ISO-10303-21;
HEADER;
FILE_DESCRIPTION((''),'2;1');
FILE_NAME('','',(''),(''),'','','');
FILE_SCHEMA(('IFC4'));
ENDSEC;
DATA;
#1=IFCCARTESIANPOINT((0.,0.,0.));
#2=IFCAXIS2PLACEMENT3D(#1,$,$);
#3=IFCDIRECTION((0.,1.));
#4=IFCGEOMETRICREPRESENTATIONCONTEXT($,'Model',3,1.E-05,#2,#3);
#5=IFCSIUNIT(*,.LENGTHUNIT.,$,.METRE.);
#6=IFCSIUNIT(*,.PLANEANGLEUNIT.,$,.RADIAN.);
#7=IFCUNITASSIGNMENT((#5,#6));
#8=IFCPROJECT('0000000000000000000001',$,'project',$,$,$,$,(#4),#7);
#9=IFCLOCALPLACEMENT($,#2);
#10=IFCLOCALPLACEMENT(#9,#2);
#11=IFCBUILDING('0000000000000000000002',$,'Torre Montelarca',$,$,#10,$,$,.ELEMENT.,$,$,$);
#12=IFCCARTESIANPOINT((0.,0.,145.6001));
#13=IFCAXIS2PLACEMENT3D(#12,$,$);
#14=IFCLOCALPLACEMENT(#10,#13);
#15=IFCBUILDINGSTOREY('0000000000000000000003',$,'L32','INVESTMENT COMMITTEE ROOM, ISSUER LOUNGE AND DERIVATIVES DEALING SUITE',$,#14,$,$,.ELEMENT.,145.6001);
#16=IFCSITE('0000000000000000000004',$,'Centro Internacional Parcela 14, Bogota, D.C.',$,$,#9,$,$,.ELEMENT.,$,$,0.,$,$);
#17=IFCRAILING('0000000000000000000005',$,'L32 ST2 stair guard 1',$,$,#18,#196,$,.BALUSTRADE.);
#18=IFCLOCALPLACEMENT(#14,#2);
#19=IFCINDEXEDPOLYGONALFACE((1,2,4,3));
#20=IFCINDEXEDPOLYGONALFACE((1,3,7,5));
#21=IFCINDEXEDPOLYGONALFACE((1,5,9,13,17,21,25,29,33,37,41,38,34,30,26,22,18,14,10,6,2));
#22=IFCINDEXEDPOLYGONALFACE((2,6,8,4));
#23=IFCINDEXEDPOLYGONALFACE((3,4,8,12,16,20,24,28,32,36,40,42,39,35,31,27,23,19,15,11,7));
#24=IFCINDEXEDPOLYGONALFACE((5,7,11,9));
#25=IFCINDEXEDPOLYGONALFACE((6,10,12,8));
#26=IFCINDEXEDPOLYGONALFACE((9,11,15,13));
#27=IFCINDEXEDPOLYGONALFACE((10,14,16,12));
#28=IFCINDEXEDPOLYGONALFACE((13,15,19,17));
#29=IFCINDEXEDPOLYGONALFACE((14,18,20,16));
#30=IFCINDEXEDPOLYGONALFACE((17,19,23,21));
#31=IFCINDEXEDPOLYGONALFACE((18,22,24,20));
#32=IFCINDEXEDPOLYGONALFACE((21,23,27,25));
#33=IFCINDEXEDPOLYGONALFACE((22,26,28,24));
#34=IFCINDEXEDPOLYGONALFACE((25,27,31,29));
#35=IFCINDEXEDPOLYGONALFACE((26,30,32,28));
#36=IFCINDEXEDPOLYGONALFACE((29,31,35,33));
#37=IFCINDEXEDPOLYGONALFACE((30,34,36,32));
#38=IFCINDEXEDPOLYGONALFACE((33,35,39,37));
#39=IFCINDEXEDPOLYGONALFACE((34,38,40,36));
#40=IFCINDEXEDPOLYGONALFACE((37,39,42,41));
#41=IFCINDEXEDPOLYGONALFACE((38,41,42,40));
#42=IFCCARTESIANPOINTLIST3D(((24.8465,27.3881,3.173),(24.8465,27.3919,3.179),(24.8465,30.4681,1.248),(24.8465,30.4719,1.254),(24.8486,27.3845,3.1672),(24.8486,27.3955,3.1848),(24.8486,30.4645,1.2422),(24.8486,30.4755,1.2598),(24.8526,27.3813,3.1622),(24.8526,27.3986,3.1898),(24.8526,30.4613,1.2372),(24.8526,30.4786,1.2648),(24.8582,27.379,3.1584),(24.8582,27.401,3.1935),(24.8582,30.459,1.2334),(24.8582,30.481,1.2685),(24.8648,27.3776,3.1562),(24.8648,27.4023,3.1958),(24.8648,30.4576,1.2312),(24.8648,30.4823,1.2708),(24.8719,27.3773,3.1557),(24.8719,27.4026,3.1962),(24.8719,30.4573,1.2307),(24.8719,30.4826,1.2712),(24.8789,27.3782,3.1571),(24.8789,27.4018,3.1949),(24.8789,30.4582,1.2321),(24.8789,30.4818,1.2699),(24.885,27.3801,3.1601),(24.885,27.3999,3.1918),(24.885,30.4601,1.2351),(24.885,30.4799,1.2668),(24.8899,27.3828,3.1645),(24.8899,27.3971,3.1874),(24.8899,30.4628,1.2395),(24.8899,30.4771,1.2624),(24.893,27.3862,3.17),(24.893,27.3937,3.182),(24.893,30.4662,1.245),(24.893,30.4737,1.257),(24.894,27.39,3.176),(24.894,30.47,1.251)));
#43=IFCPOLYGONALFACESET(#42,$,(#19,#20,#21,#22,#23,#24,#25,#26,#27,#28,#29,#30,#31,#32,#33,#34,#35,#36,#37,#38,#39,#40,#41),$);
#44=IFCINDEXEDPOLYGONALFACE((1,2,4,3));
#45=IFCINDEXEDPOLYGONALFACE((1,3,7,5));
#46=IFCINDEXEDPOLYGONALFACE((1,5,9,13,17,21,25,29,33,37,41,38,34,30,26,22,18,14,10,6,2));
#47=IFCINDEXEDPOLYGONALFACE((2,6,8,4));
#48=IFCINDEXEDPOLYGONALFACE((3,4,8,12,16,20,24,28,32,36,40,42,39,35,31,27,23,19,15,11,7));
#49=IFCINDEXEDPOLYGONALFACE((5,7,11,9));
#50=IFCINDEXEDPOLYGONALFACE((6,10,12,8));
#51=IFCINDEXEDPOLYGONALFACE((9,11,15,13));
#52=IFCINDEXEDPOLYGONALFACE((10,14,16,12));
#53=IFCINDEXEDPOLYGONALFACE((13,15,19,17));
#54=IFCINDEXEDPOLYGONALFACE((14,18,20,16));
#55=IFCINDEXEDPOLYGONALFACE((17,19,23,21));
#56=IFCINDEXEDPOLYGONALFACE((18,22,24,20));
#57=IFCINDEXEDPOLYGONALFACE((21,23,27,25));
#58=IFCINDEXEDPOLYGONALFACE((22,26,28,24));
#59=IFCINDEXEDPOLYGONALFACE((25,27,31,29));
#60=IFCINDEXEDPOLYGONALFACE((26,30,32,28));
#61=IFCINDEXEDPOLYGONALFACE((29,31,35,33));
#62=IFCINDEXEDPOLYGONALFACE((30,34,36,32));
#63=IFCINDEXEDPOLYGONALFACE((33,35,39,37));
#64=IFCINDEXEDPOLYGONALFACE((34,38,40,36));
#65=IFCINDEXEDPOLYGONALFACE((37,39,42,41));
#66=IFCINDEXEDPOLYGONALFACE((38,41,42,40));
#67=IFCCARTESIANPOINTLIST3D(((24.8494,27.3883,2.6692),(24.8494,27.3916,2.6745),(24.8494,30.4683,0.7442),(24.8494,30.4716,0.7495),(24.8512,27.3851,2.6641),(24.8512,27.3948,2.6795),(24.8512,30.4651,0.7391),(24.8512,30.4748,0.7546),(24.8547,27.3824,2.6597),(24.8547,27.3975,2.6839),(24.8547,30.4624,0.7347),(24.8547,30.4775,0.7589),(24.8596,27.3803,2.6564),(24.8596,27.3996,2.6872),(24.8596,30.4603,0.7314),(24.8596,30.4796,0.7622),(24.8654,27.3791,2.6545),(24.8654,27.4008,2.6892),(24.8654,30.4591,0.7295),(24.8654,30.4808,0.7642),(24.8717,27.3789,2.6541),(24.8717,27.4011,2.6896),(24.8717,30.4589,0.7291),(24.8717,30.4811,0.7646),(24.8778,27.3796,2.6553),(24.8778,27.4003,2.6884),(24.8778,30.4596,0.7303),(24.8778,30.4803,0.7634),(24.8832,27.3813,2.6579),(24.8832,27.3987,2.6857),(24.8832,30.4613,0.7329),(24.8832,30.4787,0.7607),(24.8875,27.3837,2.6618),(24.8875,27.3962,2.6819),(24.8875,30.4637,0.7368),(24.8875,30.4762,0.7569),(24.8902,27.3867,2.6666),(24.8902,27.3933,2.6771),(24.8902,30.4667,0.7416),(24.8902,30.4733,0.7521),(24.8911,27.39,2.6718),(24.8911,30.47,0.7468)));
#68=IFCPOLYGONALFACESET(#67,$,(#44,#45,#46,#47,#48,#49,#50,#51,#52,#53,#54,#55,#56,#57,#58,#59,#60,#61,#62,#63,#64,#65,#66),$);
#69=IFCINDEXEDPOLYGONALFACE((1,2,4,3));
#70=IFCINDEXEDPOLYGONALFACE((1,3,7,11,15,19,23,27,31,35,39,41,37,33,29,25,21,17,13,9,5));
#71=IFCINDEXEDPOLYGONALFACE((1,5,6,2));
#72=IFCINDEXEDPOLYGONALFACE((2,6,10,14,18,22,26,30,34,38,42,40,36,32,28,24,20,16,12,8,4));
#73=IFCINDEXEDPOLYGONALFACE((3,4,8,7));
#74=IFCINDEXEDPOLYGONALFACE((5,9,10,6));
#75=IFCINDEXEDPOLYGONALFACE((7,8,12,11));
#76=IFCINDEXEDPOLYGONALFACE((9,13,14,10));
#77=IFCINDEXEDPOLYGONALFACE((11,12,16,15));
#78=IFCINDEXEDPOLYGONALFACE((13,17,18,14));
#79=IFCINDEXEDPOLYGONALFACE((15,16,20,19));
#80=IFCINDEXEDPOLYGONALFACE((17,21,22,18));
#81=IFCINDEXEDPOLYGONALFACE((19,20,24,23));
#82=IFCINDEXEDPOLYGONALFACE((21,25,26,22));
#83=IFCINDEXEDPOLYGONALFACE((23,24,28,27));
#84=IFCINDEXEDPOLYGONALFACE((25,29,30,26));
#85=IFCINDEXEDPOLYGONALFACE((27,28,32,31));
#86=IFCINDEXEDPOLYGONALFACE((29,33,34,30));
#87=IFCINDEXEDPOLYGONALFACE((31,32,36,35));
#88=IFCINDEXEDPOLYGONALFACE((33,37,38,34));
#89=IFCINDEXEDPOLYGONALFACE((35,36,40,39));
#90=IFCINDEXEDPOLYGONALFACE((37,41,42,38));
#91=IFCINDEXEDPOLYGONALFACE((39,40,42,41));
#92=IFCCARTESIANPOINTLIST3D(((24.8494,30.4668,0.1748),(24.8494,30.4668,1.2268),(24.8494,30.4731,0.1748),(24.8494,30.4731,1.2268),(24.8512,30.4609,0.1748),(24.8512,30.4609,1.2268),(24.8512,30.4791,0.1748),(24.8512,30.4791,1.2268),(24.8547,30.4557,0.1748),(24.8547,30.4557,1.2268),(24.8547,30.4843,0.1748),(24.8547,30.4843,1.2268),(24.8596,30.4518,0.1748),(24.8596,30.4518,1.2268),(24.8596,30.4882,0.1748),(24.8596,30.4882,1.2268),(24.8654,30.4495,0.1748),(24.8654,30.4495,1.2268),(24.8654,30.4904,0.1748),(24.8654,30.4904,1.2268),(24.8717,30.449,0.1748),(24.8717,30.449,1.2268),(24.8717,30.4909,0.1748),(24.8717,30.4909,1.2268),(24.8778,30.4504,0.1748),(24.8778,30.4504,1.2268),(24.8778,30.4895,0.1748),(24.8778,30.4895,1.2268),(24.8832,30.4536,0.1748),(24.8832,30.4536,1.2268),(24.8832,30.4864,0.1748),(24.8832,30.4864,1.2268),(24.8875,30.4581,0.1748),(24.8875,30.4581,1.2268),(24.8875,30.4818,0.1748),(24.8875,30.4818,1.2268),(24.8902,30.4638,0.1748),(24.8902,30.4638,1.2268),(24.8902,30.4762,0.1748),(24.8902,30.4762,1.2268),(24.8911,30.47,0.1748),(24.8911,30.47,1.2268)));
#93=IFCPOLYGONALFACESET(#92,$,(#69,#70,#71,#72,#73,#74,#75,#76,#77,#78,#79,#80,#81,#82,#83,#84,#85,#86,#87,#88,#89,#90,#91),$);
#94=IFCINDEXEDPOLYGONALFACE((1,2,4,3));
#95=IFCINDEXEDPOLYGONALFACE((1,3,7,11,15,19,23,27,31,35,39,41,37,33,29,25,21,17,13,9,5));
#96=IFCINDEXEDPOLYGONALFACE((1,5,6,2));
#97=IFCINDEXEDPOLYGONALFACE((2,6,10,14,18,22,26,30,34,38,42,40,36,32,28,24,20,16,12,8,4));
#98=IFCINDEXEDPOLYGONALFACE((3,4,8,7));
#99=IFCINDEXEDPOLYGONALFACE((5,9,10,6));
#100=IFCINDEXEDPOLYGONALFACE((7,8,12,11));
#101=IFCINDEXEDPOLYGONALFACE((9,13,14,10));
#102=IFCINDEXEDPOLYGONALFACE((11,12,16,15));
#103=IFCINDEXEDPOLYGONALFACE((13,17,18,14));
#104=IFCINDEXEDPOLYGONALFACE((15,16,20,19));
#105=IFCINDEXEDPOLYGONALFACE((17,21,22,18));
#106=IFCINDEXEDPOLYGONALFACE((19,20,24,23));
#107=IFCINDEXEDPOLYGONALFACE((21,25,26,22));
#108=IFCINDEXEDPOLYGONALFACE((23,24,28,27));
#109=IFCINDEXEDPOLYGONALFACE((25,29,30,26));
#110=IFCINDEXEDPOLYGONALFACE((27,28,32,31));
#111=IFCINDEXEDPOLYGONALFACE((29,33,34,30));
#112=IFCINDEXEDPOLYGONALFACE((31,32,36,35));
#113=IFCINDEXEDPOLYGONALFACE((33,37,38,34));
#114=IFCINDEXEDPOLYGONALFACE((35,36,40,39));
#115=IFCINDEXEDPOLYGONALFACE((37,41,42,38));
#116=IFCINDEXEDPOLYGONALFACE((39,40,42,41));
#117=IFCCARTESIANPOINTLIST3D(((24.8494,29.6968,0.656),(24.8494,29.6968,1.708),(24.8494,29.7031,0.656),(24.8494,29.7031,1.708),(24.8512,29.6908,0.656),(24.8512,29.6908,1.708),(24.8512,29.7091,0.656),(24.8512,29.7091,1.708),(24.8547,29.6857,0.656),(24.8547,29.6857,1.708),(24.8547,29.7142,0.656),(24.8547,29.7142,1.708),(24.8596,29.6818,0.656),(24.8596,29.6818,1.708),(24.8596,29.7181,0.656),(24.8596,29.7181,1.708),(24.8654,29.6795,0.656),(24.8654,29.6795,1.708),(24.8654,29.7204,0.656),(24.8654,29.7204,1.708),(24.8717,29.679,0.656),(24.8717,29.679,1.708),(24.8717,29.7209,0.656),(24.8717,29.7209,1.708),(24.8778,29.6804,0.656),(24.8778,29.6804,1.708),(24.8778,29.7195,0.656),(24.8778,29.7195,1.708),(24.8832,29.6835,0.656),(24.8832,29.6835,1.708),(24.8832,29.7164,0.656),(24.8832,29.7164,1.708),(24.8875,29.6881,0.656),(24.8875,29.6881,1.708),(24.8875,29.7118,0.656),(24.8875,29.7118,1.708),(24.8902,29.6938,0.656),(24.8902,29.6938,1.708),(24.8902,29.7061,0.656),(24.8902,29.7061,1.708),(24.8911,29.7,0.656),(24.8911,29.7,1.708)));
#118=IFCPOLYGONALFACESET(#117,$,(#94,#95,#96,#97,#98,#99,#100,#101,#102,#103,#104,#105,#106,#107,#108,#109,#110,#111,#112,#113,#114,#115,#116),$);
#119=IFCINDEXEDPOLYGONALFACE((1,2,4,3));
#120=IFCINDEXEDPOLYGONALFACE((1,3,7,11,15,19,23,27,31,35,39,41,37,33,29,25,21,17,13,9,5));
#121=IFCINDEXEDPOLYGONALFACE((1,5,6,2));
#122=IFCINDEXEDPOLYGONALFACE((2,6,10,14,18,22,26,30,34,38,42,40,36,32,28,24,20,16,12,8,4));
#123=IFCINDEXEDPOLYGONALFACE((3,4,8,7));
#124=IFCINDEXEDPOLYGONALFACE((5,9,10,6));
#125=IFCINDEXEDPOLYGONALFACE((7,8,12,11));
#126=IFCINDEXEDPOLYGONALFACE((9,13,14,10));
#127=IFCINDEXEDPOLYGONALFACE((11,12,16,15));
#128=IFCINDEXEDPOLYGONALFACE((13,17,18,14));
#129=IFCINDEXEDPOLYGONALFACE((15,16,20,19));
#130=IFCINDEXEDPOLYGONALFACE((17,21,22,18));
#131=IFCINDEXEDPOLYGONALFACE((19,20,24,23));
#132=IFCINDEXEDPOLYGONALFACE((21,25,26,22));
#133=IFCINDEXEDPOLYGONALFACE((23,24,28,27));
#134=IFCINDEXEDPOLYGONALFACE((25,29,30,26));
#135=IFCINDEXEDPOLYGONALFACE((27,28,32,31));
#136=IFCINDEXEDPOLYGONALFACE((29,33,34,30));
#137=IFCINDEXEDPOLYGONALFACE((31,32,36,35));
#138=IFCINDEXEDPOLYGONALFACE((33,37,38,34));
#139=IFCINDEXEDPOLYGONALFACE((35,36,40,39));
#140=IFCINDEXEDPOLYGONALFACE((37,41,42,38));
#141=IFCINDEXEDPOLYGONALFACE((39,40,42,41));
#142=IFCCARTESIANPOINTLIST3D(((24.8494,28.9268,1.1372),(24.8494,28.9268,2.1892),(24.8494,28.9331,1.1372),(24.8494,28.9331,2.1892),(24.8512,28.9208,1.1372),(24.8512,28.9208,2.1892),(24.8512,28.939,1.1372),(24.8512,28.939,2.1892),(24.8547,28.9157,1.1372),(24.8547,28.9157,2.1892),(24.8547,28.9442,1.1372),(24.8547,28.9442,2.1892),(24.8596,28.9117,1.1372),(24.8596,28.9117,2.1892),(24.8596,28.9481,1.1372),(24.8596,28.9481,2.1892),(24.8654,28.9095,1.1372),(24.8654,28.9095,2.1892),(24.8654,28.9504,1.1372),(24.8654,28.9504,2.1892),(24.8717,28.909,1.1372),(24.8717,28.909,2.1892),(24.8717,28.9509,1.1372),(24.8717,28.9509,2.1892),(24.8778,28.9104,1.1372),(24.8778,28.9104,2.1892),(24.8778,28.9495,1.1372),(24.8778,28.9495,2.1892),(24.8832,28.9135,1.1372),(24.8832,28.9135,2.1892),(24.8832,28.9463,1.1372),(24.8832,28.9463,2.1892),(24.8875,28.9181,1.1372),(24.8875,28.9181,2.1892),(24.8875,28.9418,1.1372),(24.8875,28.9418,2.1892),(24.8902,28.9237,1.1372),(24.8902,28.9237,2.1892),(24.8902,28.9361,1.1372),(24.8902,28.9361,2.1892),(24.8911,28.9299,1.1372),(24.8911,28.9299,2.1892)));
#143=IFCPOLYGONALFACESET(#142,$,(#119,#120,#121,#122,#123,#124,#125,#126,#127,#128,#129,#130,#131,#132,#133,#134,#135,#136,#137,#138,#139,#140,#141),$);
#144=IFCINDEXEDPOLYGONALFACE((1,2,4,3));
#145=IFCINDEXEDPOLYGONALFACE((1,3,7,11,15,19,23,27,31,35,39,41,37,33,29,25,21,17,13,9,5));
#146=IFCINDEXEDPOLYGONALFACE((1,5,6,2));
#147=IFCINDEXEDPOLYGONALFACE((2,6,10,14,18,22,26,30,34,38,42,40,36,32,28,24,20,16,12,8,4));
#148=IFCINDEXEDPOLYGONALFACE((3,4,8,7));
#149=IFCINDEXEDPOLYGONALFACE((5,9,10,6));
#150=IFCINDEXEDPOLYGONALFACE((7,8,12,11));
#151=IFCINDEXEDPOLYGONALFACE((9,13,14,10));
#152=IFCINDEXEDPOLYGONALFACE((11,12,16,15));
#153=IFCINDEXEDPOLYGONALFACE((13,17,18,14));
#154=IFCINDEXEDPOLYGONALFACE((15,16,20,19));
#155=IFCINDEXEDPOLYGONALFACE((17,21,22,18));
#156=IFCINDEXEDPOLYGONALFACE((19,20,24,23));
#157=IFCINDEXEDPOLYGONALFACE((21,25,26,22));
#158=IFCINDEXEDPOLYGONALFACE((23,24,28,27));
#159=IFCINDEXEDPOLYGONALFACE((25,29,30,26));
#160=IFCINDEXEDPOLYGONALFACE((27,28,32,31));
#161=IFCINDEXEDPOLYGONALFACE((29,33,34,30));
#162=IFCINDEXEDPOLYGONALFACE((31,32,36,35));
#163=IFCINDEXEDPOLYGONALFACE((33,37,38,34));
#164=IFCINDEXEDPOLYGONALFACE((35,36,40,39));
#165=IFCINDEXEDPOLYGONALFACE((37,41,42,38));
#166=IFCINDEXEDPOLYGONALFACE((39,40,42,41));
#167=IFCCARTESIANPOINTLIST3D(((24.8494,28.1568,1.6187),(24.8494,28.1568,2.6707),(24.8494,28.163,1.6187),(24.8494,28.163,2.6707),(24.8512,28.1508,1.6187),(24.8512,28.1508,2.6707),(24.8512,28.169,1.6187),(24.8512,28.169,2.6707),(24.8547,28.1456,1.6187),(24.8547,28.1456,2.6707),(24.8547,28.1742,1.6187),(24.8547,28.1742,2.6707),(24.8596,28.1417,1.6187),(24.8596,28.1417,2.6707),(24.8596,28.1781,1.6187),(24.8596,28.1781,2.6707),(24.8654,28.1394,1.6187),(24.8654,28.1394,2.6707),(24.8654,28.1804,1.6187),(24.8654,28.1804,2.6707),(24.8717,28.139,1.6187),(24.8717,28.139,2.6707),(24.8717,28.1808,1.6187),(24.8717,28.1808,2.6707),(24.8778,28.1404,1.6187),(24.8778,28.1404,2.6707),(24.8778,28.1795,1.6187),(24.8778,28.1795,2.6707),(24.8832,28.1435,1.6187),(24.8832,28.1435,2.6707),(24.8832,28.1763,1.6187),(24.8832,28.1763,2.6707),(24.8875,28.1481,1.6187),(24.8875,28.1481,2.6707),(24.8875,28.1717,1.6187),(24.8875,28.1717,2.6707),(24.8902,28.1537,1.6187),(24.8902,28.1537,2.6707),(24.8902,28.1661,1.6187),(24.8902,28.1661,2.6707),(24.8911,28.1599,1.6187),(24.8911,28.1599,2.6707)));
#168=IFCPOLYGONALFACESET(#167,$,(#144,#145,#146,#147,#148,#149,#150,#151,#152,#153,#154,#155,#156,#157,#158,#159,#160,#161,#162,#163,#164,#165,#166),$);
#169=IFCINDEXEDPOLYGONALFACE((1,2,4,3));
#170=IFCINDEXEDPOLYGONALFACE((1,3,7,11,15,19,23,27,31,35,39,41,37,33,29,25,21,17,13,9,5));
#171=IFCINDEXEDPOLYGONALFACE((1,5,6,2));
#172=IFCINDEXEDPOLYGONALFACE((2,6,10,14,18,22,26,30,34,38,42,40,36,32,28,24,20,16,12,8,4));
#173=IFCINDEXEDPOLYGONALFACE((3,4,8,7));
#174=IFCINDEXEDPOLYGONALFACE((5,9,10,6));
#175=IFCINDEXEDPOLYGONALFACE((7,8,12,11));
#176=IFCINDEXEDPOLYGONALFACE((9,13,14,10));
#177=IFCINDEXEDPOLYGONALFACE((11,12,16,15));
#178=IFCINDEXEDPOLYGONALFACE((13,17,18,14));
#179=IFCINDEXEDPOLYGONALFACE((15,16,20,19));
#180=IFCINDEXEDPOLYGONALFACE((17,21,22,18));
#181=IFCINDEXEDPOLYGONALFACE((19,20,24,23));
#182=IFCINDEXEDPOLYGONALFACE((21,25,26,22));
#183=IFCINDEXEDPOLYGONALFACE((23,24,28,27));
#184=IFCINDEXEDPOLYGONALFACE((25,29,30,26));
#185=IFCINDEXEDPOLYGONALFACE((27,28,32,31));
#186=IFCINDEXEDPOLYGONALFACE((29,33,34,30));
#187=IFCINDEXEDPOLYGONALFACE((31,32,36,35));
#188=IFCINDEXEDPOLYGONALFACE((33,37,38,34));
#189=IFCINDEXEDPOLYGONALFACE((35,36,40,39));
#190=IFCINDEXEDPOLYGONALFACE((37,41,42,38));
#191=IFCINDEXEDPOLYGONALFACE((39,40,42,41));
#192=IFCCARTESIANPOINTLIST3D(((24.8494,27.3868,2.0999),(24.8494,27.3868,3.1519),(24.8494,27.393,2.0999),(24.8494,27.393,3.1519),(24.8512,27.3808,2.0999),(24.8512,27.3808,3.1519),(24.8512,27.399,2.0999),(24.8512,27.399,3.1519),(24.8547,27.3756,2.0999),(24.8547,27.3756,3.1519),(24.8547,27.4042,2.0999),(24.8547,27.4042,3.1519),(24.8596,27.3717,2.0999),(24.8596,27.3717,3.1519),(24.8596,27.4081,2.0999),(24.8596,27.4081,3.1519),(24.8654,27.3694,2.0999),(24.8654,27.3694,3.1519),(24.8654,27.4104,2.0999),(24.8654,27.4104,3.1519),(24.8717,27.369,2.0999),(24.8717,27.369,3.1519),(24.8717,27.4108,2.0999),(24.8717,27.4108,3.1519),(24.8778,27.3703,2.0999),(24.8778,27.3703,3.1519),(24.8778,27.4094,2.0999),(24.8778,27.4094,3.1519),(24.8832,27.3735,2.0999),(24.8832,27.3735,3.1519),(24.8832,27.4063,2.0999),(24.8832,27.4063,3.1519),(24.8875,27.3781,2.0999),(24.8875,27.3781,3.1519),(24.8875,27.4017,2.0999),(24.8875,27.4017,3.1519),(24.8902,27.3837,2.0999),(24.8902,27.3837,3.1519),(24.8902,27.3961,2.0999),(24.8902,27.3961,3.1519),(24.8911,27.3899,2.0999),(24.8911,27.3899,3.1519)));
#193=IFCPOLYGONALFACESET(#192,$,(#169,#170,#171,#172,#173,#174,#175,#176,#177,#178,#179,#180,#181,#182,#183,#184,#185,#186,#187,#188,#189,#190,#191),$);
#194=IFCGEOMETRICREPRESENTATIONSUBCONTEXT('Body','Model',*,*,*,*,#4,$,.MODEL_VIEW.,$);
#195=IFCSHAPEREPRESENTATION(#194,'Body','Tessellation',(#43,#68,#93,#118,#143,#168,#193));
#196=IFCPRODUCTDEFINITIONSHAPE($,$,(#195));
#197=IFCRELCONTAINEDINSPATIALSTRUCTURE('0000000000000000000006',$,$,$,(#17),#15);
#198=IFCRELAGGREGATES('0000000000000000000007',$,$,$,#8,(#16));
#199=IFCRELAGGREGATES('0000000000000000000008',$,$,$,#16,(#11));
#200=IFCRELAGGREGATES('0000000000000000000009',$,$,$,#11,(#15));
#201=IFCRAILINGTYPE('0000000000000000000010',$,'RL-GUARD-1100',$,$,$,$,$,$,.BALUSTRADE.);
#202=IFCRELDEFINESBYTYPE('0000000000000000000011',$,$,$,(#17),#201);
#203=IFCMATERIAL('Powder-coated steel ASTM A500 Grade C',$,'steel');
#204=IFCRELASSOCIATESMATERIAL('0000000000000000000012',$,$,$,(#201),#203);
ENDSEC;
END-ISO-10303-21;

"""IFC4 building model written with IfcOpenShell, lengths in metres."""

from ifc_helpers import new_model, si_unit, direction, frame, origin, origin_2d, place, context, subcontext, project, spatial, circle, extrude, material, type_object, element, save


model = new_model("IFC4")

# Units and contexts
model_context = context("Model", 3, precision=1e-05, world=origin(), true_north=direction((0.0, 1.0)))
body_context = subcontext(model_context, "Body", "Model", "MODEL_VIEW")
ifc_project = project(units=[si_unit("LENGTHUNIT", "METRE"), si_unit("PLANEANGLEUNIT", "RADIAN")], contexts=[model_context])

# Site, building, storey
site_placement = place(None, origin())
site = spatial("IfcSite", under=ifc_project, at=site_placement, Name="Centro Internacional Parcela 14, Bogota, D.C.", CompositionType="ELEMENT", RefElevation=0.0)
building_placement = place(site_placement, origin())
building = spatial("IfcBuilding", under=site, at=building_placement, Name="Torre Montelarca", CompositionType="ELEMENT")
storey_placement = place(building_placement, frame((0.0, 0.0, 145.6001)))
storey = spatial("IfcBuildingStorey", under=building, at=storey_placement, Name="L32", Description="INVESTMENT COMMITTEE ROOM, ISSUER LOUNGE AND DERIVATIVES DEALING SUITE", CompositionType="ELEMENT", Elevation=145.6001)

# Railing
ifc_material_1 = material(Name="Powder-coated steel ASTM A500 Grade C", Category="steel")
railing_type_1 = type_object("IfcRailingType", Name="RL-GUARD-1100", PredefinedType="BALUSTRADE", material=ifc_material_1)
railing_1_placement = place(storey_placement, frame((24.8701, 30.47, 0.1748)))
element("IfcRailing", 1, at=railing_1_placement, inside=storey, type_object=railing_type_1, Name="L32 ST2 stair guard 1", PredefinedType="BALUSTRADE", context=body_context, shape_type="SweptSolid", body=[
    extrude(circle(Radius=0.0239, at=origin_2d()), frame((0.0, 0.0, 1.0762), z_axis=(0.0, -0.847998, 0.529999), x_axis=(1.0, 0.0, 0.0)), (0.0, 0.0, 1.0), 3.6321),
    extrude(circle(Radius=0.021, at=origin_2d()), frame((0.0, 0.0, 0.572), z_axis=(0.0, -0.847998, 0.529999), x_axis=(1.0, 0.0, 0.0)), (0.0, 0.0, 1.0), 3.6321),
    extrude(circle(Radius=0.021, at=origin_2d()), origin(), (0.0, 0.0, 1.0), 1.052),
    extrude(circle(Radius=0.021, at=origin_2d()), frame((0.0, -0.77, 0.4812)), (0.0, 0.0, 1.0), 1.052),
    extrude(circle(Radius=0.021, at=origin_2d()), frame((0.0, -1.54, 0.9624)), (0.0, 0.0, 1.0), 1.052),
    extrude(circle(Radius=0.021, at=origin_2d()), frame((0.0, -2.3101, 1.4438)), (0.0, 0.0, 1.0), 1.052),
    extrude(circle(Radius=0.021, at=origin_2d()), frame((0.0, -3.0801, 1.925)), (0.0, 0.0, 1.0), 1.052),
])

save(model, "model.ifc")
